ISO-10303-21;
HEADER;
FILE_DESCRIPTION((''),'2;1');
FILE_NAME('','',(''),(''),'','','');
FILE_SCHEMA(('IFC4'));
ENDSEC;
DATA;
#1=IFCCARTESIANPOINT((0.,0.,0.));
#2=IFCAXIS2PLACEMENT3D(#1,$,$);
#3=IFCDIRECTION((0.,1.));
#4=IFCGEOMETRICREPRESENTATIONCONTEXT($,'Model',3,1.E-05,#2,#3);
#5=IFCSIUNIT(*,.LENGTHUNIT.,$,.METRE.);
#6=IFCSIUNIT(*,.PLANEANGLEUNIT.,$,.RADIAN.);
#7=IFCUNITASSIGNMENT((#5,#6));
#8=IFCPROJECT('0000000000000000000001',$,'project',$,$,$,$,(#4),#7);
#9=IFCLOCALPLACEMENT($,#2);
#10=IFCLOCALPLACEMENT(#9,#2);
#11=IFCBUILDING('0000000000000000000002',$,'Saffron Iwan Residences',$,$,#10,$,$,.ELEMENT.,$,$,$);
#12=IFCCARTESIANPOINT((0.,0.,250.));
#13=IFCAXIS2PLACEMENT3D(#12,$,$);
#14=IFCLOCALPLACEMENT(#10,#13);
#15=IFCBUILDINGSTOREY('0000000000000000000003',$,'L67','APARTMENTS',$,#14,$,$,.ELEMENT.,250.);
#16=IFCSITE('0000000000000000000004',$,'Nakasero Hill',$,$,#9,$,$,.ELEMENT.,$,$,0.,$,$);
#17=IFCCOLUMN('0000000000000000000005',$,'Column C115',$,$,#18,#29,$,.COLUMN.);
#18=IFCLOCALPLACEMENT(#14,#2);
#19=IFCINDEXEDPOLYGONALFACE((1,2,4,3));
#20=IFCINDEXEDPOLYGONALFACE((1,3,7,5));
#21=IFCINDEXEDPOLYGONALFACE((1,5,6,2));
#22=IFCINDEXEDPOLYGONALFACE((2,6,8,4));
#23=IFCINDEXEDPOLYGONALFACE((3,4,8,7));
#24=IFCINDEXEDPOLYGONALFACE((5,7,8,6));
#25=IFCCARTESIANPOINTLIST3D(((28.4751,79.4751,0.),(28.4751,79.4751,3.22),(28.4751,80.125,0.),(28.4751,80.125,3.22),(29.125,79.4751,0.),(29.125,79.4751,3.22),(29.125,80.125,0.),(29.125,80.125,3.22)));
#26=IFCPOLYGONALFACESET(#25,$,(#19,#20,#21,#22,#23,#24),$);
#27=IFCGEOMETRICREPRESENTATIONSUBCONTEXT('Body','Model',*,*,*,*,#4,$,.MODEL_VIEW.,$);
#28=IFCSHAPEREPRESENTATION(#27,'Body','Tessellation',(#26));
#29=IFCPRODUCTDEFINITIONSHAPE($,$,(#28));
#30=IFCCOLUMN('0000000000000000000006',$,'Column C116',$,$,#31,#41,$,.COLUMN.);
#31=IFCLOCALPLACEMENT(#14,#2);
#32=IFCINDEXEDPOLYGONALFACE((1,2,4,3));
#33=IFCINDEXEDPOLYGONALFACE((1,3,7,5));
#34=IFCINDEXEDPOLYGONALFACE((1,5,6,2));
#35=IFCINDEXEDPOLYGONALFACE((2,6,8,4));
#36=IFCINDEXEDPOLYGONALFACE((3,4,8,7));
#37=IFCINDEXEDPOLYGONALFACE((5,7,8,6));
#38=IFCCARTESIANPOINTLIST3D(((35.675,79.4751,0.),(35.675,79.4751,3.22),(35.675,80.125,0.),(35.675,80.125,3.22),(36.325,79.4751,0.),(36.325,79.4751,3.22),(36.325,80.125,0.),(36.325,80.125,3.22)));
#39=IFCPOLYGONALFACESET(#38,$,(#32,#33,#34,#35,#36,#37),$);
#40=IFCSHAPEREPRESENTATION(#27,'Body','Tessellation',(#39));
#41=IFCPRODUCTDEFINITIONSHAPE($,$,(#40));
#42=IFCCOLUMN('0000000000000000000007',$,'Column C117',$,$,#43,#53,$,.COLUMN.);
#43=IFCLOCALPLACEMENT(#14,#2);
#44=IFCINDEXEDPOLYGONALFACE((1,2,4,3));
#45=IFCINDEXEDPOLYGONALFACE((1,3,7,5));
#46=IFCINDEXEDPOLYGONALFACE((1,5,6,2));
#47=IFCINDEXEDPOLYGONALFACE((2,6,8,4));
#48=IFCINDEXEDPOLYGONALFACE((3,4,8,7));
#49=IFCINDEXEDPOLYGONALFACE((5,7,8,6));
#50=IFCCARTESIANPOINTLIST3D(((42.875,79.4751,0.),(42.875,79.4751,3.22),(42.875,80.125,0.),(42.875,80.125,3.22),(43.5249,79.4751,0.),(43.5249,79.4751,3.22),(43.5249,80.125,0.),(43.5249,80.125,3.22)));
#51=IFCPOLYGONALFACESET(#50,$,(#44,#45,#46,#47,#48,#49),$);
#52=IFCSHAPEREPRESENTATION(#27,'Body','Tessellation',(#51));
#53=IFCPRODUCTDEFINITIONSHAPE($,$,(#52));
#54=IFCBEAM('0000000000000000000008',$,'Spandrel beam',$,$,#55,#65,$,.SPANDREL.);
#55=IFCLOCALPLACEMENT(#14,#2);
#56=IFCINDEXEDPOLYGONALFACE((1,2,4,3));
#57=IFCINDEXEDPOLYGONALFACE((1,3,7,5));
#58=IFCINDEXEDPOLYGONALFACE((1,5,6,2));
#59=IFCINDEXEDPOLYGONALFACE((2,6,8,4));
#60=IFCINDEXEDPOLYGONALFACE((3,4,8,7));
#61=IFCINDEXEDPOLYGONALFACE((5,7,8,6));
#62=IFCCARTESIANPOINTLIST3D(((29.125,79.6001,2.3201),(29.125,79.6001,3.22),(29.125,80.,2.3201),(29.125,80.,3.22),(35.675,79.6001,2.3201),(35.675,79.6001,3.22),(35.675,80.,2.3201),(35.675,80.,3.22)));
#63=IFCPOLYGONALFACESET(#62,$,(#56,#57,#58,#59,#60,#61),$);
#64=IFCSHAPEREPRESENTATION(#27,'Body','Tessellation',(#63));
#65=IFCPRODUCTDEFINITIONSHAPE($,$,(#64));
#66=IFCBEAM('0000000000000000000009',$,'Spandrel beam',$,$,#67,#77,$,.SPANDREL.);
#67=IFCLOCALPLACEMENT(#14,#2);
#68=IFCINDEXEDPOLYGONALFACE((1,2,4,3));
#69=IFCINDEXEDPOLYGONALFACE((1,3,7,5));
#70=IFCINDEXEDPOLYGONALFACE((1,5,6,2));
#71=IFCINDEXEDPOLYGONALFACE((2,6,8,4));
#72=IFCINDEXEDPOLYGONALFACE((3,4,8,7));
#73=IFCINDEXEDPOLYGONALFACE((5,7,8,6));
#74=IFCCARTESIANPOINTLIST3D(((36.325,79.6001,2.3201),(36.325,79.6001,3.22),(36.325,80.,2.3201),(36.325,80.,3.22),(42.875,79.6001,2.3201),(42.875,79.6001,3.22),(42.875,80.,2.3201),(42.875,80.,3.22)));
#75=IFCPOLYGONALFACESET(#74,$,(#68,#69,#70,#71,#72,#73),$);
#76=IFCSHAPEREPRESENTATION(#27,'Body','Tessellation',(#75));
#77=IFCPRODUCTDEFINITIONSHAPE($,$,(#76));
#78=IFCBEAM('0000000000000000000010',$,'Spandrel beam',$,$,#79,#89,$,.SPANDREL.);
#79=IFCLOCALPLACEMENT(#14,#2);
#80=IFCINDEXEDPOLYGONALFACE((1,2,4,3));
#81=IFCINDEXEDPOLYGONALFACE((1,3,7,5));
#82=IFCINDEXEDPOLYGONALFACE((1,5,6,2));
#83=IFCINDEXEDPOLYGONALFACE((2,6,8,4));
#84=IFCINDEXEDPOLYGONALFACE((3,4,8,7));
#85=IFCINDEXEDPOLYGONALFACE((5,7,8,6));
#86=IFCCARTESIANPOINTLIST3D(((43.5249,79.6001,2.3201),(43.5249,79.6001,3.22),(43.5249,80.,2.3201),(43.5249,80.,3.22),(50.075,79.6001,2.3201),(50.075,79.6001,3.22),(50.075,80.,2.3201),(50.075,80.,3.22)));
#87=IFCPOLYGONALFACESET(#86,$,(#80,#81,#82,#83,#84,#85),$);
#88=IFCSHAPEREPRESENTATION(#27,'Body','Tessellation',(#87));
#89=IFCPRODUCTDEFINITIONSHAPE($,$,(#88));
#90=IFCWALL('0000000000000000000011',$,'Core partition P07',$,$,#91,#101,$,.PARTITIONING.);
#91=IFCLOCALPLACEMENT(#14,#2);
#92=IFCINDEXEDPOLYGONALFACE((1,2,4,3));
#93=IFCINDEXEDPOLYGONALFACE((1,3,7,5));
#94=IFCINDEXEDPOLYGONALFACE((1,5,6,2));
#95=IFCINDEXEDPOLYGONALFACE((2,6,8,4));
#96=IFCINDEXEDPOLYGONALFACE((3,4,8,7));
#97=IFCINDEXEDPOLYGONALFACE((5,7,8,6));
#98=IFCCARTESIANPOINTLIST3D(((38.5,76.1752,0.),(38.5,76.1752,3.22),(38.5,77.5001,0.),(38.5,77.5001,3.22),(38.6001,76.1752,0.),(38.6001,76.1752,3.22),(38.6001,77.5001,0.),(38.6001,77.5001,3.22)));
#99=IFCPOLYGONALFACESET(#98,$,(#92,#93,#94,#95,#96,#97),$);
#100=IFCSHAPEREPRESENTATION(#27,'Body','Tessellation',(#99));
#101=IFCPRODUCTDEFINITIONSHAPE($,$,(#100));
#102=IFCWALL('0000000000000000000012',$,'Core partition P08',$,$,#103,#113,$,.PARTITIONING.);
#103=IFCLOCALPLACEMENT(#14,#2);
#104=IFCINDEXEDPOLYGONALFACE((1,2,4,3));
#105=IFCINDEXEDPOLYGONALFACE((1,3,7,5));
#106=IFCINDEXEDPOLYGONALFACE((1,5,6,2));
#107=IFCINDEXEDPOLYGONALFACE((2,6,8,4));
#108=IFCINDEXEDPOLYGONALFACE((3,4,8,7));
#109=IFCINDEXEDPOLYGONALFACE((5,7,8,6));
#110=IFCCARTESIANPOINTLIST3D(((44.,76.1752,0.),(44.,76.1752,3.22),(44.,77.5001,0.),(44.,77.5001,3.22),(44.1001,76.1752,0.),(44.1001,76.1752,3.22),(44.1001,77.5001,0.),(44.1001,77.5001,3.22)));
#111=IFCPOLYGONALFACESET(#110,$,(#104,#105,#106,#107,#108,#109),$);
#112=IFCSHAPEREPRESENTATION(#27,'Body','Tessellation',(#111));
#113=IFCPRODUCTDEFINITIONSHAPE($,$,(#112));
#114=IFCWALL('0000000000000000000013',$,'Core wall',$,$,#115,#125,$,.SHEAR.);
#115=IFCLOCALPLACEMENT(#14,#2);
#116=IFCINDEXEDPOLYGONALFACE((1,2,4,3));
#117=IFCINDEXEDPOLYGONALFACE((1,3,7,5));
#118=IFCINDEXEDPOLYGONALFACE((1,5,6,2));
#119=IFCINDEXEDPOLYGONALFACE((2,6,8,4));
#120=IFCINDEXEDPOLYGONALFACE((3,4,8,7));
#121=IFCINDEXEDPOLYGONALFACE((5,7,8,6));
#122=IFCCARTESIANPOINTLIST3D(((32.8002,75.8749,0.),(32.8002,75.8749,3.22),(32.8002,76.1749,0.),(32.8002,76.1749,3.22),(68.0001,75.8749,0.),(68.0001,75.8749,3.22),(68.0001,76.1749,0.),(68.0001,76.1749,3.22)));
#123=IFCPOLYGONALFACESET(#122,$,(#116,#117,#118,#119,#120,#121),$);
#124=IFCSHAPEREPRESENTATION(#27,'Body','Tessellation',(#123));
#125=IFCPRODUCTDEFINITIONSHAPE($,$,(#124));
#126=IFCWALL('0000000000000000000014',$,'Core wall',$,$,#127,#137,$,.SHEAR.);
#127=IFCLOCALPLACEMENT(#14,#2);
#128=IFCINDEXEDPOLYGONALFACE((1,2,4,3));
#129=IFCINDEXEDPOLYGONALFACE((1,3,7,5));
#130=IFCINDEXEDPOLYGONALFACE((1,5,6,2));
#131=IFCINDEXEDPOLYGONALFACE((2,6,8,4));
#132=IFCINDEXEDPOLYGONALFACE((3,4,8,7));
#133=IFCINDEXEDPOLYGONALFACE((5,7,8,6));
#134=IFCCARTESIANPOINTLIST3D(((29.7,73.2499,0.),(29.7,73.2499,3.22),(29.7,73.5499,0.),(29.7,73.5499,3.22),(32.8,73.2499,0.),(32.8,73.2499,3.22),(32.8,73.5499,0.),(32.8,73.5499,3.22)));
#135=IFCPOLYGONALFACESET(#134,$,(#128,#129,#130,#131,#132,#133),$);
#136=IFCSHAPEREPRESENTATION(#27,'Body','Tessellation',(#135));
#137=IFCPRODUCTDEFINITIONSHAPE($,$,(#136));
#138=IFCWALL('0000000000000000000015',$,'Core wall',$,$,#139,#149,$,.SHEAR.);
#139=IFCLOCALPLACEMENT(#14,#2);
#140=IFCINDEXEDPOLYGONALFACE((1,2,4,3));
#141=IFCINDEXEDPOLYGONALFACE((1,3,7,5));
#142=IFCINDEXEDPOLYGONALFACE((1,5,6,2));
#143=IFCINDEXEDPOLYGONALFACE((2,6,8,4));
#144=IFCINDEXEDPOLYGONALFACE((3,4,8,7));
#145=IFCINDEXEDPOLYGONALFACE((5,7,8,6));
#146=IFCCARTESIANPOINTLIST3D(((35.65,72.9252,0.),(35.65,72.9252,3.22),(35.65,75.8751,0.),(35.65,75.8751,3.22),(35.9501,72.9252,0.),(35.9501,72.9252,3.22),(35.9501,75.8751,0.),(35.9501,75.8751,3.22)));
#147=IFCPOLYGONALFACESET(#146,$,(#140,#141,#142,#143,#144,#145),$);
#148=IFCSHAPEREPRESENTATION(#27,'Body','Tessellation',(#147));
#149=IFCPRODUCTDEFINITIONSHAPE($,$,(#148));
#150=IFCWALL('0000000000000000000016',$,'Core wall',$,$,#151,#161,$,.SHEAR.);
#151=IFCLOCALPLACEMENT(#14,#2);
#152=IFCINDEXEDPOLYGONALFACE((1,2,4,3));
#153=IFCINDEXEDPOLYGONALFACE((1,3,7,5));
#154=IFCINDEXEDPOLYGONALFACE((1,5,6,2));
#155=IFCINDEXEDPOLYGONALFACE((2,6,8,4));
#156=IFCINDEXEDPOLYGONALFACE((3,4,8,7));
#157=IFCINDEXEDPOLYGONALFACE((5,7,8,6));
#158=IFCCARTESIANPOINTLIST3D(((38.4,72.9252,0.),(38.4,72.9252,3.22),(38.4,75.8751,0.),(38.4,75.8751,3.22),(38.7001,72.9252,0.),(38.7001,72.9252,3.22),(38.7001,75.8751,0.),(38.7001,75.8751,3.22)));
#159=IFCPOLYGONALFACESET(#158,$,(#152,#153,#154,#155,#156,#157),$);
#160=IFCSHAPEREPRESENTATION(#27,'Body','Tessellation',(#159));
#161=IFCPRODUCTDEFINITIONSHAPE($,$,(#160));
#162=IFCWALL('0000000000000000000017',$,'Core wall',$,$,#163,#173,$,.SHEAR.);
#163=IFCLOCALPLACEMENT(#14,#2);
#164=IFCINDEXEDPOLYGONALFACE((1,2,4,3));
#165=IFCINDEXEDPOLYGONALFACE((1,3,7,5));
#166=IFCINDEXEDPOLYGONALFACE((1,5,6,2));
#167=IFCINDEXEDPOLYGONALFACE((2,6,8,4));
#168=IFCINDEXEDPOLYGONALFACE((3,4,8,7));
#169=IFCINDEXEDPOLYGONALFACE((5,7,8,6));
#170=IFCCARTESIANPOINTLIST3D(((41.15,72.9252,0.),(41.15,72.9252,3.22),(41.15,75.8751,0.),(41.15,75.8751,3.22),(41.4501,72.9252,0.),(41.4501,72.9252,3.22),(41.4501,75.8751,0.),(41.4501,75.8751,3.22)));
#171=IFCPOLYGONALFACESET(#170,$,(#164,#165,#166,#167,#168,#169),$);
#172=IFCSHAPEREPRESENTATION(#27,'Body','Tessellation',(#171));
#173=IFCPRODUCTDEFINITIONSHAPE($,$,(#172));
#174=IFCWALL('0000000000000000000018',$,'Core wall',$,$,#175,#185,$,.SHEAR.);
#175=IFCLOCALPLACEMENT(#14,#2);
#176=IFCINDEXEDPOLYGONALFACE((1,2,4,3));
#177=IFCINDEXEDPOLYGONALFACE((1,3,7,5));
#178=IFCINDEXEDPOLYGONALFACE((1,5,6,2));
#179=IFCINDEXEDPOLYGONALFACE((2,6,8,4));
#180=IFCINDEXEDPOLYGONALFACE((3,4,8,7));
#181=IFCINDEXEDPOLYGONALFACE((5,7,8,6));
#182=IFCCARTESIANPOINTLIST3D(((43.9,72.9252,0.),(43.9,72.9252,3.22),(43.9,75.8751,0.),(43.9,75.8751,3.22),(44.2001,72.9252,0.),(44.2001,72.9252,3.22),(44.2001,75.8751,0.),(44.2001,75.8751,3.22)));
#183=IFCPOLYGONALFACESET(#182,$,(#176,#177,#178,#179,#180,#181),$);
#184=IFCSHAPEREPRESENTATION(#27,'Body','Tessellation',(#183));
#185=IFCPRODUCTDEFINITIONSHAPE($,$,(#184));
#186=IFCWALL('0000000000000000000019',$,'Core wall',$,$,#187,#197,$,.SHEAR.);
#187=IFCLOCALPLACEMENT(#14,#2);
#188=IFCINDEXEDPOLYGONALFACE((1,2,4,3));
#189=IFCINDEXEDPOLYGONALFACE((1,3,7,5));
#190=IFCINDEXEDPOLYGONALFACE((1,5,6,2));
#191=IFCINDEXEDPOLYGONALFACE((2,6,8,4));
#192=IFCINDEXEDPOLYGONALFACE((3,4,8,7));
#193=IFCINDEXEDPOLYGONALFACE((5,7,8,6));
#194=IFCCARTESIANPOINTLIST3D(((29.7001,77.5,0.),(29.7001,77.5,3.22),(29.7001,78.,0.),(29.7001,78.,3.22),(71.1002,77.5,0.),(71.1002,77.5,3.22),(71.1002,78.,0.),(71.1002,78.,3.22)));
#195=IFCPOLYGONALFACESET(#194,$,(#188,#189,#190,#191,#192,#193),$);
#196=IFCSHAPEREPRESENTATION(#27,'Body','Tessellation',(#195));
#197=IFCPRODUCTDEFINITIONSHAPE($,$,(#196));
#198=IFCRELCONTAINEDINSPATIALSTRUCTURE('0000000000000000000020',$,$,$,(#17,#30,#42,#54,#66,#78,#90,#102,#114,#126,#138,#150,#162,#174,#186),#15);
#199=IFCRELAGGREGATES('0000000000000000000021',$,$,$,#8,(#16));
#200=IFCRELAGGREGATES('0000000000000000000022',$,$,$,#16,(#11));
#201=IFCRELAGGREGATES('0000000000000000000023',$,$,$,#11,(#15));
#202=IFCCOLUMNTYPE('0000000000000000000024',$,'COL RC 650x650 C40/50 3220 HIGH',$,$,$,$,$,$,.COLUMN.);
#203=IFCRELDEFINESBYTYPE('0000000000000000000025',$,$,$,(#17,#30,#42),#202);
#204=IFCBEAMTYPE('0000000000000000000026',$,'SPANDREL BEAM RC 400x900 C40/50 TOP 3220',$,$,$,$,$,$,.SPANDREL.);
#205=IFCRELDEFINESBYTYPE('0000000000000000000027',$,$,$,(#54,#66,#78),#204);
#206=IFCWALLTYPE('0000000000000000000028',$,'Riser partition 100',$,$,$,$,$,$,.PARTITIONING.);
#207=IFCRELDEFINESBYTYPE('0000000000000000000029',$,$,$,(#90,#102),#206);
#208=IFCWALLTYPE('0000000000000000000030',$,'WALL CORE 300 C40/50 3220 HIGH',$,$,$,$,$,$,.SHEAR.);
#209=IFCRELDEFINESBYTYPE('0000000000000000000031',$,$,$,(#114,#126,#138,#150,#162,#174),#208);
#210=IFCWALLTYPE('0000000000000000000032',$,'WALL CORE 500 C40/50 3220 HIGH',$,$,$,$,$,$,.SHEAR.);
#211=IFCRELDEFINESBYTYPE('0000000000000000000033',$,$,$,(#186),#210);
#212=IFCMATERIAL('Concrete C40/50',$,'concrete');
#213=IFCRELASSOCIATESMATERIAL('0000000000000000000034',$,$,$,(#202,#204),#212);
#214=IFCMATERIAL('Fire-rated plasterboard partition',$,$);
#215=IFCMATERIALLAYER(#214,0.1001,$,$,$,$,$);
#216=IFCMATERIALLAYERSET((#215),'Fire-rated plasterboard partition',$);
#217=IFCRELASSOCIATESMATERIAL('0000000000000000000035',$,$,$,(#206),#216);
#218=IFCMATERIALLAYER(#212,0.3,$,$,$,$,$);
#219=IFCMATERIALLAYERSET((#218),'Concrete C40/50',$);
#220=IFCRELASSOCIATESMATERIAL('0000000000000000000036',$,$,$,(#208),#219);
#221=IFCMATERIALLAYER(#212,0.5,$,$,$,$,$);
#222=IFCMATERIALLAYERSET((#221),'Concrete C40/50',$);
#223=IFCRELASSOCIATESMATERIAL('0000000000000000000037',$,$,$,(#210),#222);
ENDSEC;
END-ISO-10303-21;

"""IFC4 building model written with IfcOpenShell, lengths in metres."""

from ifc_helpers import new_model, si_unit, direction, frame, frame_2d, origin, origin_2d, place, context, subcontext, project, spatial, rectangle, extrude, source, transform, mapped, material, layer, layer_set, material_profile, profile_set, type_object, element, save


model = new_model("IFC4")

# Units and contexts
model_context = context("Model", 3, precision=1e-05, world=origin(), true_north=direction((0.0, 1.0)))
body_context = subcontext(model_context, "Body", "Model", "MODEL_VIEW")
ifc_project = project(units=[si_unit("LENGTHUNIT", "METRE"), si_unit("PLANEANGLEUNIT", "RADIAN")], contexts=[model_context])

# Site, building, storey
site_placement = place(None, origin())
site = spatial("IfcSite", under=ifc_project, at=site_placement, Name="Nakasero Hill", CompositionType="ELEMENT", RefElevation=0.0)
building_placement = place(site_placement, origin())
building = spatial("IfcBuilding", under=site, at=building_placement, Name="Saffron Iwan Residences", CompositionType="ELEMENT")
storey_placement = place(building_placement, frame((0.0, 0.0, 250.0)))
storey = spatial("IfcBuildingStorey", under=building, at=storey_placement, Name="L67", Description="APARTMENTS", CompositionType="ELEMENT", Elevation=250.0)

# Columns
ifc_material_1 = material(Name="Concrete C40/50", Category="concrete")
ifc_material_profile_1 = material_profile(ifc_material_1, rectangle(XDim=0.6499, YDim=0.6499, at=origin_2d()), Name="RC 650x650")
ifc_profile_set_1 = profile_set([ifc_material_profile_1], Name="Concrete C40/50")
column_type = type_object("IfcColumnType", Name="COL RC 650x650 C40/50 3220 HIGH", PredefinedType="COLUMN", material=ifc_profile_set_1)
shared_shape_1 = source(origin(), body_context, "Body", "SweptSolid", [
    extrude(rectangle(XDim=0.6499, YDim=0.6499, at=origin_2d()), origin(), (0.0, 0.0, 1.0), 3.22),
])
for number, where, z_axis, x_axis, name in (
    (1, (28.8, 79.8, 0.0), (0.0, 0.0, 1.0), (1.0, 0.0, 0.0), "Column C115"),
    (2, (36.0, 79.8, 0.0), (0.0, 0.0, 1.0), (1.0, 0.0, 0.0), "Column C116"),
    (3, (43.2, 79.8, 0.0), (0.0, 0.0, 1.0), (1.0, 0.0, 0.0), "Column C117"),
):
    element("IfcColumn", number, at=place(storey_placement, frame(where, z_axis=z_axis, x_axis=x_axis)), inside=storey, type_object=column_type, Name=name, PredefinedType="COLUMN", context=body_context, shape_type="MappedRepresentation", body=[
        mapped(shared_shape_1, transform((0.0, 0.0, 0.0))),
    ])

# Beams
ifc_material_profile_2 = material_profile(ifc_material_1, rectangle(XDim=0.3999, YDim=0.8999, at=origin_2d()), Name="RC 400x900")
ifc_profile_set_2 = profile_set([ifc_material_profile_2], Name="Concrete C40/50")
beam_type = type_object("IfcBeamType", Name="SPANDREL BEAM RC 400x900 C40/50 TOP 3220", PredefinedType="SPANDREL", material=ifc_profile_set_2)
shared_shape_2 = source(origin(), body_context, "Body", "SweptSolid", [
    extrude(rectangle(XDim=0.3999, YDim=0.8999, at=origin_2d()), origin(), (0.0, 0.0, 1.0), 6.55),
])
for number, where, z_axis, x_axis, name in (
    (4, (29.125, 79.8, 2.77), (1.0, 0.0, 0.0), (0.0, 1.0, 0.0), "Spandrel beam"),
    (5, (36.325, 79.8, 2.77), (1.0, 0.0, 0.0), (0.0, 1.0, 0.0), "Spandrel beam"),
    (6, (43.5249, 79.8, 2.77), (1.0, 0.0, 0.0), (0.0, 1.0, 0.0), "Spandrel beam"),
):
    element("IfcBeam", number, at=place(storey_placement, frame(where, z_axis=z_axis, x_axis=x_axis)), inside=storey, type_object=beam_type, Name=name, PredefinedType="SPANDREL", context=body_context, shape_type="MappedRepresentation", body=[
        mapped(shared_shape_2, transform((0.0, 0.0, 0.0))),
    ])

# Walls
ifc_material_2 = material(Name="Fire-rated plasterboard partition")
ifc_layer_1 = layer(ifc_material_2, 0.1001)
ifc_layer_set_1 = layer_set([ifc_layer_1], Name="Fire-rated plasterboard partition")
wall_type_1 = type_object("IfcWallType", Name="Riser partition 100", PredefinedType="PARTITIONING", material=ifc_layer_set_1)
for number, where, z_axis, x_axis, name in (
    (7, (38.55, 76.175, 0.0), (0.0, 0.0, 1.0), (0.0, 1.0, 0.0), "Core partition P07"),
    (8, (44.05, 76.175, 0.0), (0.0, 0.0, 1.0), (0.0, 1.0, 0.0), "Core partition P08"),
):
    element("IfcWall", number, at=place(storey_placement, frame(where, z_axis=z_axis, x_axis=x_axis)), inside=storey, type_object=wall_type_1, Name=name, PredefinedType="PARTITIONING", context=body_context, shape_type="SweptSolid", body=[
        extrude(rectangle(XDim=1.325, YDim=0.1001, at=frame_2d((0.6626, 0.0))), origin(), (0.0, 0.0, 1.0), 3.22),
    ])
ifc_layer_2 = layer(ifc_material_1, 0.3)
ifc_layer_set_2 = layer_set([ifc_layer_2], Name="Concrete C40/50")
wall_type_2 = type_object("IfcWallType", Name="WALL CORE 300 C40/50 3220 HIGH", PredefinedType="SHEAR", material=ifc_layer_set_2)
wall_1_placement = place(storey_placement, frame((32.8, 76.0249, 0.0), z_axis=(0.0, 0.0, 1.0), x_axis=(1.0, 0.0, 0.0)))
element("IfcWall", 9, at=wall_1_placement, inside=storey, type_object=wall_type_2, Name="Core wall", PredefinedType="SHEAR", context=body_context, shape_type="SweptSolid", body=[
    extrude(rectangle(XDim=35.2, YDim=0.3, at=frame_2d((17.6001, 0.0))), origin(), (0.0, 0.0, 1.0), 3.22),
])
wall_2_placement = place(storey_placement, frame((29.7, 73.3999, 0.0), z_axis=(0.0, 0.0, 1.0), x_axis=(1.0, 0.0, 0.0)))
element("IfcWall", 10, at=wall_2_placement, inside=storey, type_object=wall_type_2, Name="Core wall", PredefinedType="SHEAR", context=body_context, shape_type="SweptSolid", body=[
    extrude(rectangle(XDim=3.1001, YDim=0.3, at=frame_2d((1.55, 0.0))), origin(), (0.0, 0.0, 1.0), 3.22),
])
for number, where, z_axis, x_axis, name in (
    (11, (35.8, 72.925, 0.0), (0.0, 0.0, 1.0), (0.0, 1.0, 0.0), "Core wall"),
    (12, (38.55, 72.925, 0.0), (0.0, 0.0, 1.0), (0.0, 1.0, 0.0), "Core wall"),
    (13, (41.3, 72.925, 0.0), (0.0, 0.0, 1.0), (0.0, 1.0, 0.0), "Core wall"),
    (14, (44.05, 72.925, 0.0), (0.0, 0.0, 1.0), (0.0, 1.0, 0.0), "Core wall"),
):
    element("IfcWall", number, at=place(storey_placement, frame(where, z_axis=z_axis, x_axis=x_axis)), inside=storey, type_object=wall_type_2, Name=name, PredefinedType="SHEAR", context=body_context, shape_type="SweptSolid", body=[
        extrude(rectangle(XDim=2.95, YDim=0.3, at=frame_2d((1.4751, 0.0))), origin(), (0.0, 0.0, 1.0), 3.22),
    ])
ifc_layer_3 = layer(ifc_material_1, 0.5)
ifc_layer_set_3 = layer_set([ifc_layer_3], Name="Concrete C40/50")
wall_type_3 = type_object("IfcWallType", Name="WALL CORE 500 C40/50 3220 HIGH", PredefinedType="SHEAR", material=ifc_layer_set_3)
wall_3_placement = place(storey_placement, frame((29.7, 77.75, 0.0), z_axis=(0.0, 0.0, 1.0), x_axis=(1.0, 0.0, 0.0)))
element("IfcWall", 15, at=wall_3_placement, inside=storey, type_object=wall_type_3, Name="Core wall", PredefinedType="SHEAR", context=body_context, shape_type="SweptSolid", body=[
    extrude(rectangle(XDim=41.4001, YDim=0.5, at=frame_2d((20.7002, 0.0))), origin(), (0.0, 0.0, 1.0), 3.22),
])

save(model, "model.ifc")
